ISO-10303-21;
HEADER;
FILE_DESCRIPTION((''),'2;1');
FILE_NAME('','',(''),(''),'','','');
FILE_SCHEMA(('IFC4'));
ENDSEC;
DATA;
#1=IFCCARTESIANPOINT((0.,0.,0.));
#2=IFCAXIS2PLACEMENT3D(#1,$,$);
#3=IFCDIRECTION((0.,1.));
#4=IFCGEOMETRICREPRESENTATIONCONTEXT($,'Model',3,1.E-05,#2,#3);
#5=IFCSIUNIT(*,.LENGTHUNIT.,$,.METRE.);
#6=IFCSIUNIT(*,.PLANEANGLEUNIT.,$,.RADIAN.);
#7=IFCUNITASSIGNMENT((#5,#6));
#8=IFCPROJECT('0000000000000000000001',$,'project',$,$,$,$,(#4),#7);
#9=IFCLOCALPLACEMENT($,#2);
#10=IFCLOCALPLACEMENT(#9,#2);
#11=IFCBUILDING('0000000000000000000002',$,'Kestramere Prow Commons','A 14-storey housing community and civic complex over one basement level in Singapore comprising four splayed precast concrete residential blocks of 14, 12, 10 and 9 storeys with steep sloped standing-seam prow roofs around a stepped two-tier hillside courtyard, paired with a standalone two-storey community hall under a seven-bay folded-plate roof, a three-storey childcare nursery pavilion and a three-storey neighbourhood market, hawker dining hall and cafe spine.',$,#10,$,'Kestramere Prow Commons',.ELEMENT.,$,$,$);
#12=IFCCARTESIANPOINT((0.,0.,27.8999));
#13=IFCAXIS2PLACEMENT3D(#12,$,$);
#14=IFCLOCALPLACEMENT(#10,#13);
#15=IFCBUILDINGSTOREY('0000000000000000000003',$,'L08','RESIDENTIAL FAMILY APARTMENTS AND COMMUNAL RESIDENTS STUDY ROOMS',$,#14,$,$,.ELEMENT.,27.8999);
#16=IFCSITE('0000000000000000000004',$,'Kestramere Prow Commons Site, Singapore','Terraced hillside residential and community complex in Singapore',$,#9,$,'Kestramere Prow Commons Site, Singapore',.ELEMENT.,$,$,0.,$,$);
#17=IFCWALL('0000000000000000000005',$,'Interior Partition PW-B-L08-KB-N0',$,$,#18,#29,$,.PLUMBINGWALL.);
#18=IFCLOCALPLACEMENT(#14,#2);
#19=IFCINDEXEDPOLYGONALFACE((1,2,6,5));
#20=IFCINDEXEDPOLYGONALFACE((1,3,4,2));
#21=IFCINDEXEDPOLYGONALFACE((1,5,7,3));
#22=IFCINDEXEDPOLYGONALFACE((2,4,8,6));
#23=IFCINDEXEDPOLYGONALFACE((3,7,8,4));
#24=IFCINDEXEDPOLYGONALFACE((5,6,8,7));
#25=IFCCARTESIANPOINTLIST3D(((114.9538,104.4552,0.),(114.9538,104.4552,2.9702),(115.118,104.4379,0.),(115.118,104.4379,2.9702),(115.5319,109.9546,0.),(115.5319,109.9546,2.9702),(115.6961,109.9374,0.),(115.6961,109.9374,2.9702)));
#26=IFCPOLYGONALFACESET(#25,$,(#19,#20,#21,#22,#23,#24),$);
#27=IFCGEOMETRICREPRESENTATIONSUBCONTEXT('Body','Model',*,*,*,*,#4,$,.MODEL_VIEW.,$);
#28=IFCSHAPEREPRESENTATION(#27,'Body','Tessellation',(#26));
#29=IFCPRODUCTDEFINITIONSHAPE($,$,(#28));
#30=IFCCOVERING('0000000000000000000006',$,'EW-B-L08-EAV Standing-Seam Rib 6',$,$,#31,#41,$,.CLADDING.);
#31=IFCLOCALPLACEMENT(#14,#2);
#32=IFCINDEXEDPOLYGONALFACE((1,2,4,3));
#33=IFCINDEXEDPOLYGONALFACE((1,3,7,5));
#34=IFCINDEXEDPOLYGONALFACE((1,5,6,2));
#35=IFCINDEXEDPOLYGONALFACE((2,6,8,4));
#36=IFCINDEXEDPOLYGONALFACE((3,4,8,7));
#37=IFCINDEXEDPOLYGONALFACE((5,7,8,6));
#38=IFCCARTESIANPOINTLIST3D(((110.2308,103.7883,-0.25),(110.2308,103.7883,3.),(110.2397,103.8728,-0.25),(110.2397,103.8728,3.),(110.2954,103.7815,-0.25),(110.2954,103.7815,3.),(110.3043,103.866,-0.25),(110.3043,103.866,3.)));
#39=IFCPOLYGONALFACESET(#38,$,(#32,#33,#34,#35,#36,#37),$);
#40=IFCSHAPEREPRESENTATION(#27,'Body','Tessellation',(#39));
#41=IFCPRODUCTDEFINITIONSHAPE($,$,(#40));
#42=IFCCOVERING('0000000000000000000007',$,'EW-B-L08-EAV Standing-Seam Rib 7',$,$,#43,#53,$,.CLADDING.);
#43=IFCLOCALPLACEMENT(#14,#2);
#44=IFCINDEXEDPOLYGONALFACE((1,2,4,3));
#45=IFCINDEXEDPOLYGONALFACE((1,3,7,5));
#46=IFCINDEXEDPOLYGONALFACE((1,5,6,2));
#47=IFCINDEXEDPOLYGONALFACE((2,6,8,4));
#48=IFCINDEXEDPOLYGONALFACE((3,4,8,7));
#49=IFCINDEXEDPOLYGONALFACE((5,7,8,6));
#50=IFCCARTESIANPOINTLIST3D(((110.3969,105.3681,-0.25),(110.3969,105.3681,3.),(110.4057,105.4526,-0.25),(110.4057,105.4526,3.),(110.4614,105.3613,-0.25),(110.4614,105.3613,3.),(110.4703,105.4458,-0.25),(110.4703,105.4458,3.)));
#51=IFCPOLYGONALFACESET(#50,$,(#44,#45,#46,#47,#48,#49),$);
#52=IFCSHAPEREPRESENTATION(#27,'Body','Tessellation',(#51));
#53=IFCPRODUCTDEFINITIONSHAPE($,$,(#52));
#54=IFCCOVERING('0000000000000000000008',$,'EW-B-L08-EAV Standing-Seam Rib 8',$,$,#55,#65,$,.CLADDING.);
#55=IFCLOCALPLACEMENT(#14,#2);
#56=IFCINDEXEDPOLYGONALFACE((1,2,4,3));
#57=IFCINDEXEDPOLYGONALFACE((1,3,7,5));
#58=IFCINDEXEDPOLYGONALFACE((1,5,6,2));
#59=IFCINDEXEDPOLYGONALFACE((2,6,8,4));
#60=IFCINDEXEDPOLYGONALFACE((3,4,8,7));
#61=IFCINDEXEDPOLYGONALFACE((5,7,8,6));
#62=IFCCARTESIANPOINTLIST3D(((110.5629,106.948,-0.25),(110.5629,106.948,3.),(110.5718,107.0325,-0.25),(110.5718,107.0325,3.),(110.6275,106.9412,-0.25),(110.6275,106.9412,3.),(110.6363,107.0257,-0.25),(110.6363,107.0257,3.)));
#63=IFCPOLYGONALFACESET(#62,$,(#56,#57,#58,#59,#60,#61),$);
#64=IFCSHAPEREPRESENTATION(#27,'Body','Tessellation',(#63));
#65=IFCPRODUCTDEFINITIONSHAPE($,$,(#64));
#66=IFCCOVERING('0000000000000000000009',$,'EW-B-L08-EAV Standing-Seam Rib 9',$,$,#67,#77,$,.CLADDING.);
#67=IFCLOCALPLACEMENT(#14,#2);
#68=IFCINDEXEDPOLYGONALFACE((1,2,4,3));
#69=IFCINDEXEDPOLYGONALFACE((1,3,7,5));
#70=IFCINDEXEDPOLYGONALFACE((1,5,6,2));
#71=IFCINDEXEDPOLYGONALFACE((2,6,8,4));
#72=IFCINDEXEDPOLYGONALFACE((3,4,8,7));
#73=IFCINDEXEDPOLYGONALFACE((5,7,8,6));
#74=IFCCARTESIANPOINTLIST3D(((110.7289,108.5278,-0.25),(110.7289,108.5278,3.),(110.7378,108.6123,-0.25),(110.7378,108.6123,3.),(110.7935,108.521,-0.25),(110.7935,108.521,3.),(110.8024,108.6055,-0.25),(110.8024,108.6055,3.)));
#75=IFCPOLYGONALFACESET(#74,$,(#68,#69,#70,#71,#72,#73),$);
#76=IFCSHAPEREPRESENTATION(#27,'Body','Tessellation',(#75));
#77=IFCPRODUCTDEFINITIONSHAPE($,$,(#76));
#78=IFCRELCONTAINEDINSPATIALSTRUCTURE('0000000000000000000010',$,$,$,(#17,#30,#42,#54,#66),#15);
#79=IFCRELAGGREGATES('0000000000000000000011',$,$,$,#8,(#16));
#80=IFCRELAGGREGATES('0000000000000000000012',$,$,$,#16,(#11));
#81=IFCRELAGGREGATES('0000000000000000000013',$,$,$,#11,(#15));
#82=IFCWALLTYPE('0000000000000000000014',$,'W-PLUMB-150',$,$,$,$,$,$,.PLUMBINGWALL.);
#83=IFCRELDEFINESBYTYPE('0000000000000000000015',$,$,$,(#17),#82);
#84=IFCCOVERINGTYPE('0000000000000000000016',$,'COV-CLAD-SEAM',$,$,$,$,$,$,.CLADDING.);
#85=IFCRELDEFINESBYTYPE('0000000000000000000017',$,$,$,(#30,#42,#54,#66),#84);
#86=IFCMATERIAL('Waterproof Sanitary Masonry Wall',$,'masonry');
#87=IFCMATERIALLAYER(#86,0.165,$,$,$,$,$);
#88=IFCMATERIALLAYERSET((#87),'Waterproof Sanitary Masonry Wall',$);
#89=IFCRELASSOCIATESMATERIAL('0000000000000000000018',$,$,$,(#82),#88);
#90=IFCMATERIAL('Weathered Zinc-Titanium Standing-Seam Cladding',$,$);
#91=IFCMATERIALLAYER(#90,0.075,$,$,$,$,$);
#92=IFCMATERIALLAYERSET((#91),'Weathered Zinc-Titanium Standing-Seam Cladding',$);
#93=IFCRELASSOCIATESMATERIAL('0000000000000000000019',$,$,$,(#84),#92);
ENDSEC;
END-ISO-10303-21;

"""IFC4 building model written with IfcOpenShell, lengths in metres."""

from ifc_helpers import new_model, si_unit, direction, frame, frame_2d, origin, origin_2d, place, context, subcontext, project, spatial, rectangle, extrude, material, layer, layer_set, type_object, element, save


model = new_model("IFC4")

# Units and contexts
model_context = context("Model", 3, precision=1e-05, world=origin(), true_north=direction((0.0, 1.0)))
body_context = subcontext(model_context, "Body", "Model", "MODEL_VIEW")
ifc_project = project(units=[si_unit("LENGTHUNIT", "METRE"), si_unit("PLANEANGLEUNIT", "RADIAN")], contexts=[model_context])

# Site, building, storey
site_placement = place(None, origin())
site = spatial("IfcSite", under=ifc_project, at=site_placement, Name="Kestramere Prow Commons Site, Singapore", Description="Terraced hillside residential and community complex in Singapore", LongName="Kestramere Prow Commons Site, Singapore", CompositionType="ELEMENT", RefElevation=0.0)
building_placement = place(site_placement, origin())
building = spatial("IfcBuilding", under=site, at=building_placement, Name="Kestramere Prow Commons", Description="A 14-storey housing community and civic complex over one basement level in Singapore comprising four splayed precast concrete residential blocks of 14, 12, 10 and 9 storeys with steep sloped standing-seam prow roofs around a stepped two-tier hillside courtyard, paired with a standalone two-storey community hall under a seven-bay folded-plate roof, a three-storey childcare nursery pavilion and a three-storey neighbourhood market, hawker dining hall and cafe spine.", LongName="Kestramere Prow Commons", CompositionType="ELEMENT")
storey_placement = place(building_placement, frame((0.0, 0.0, 27.8999)))
storey = spatial("IfcBuildingStorey", under=building, at=storey_placement, Name="L08", Description="RESIDENTIAL FAMILY APARTMENTS AND COMMUNAL RESIDENTS STUDY ROOMS", CompositionType="ELEMENT", Elevation=27.8999)

# Wall
ifc_material_1 = material(Name="Waterproof Sanitary Masonry Wall", Category="masonry")
ifc_layer_1 = layer(ifc_material_1, 0.165)
ifc_layer_set_1 = layer_set([ifc_layer_1], Name="Waterproof Sanitary Masonry Wall")
wall_type_1 = type_object("IfcWallType", Name="W-PLUMB-150", PredefinedType="PLUMBINGWALL", material=ifc_layer_set_1)
wall_1_placement = place(storey_placement, frame((115.0359, 104.4465, 0.0), z_axis=(0.0, 0.0, 1.0), x_axis=(0.104547, 0.99452, 0.0)))
element("IfcWall", 1, at=wall_1_placement, inside=storey, type_object=wall_type_1, Name="Interior Partition PW-B-L08-KB-N0", PredefinedType="PLUMBINGWALL", context=body_context, shape_type="SweptSolid", body=[
    extrude(rectangle(XDim=5.5298, YDim=0.165, at=frame_2d((2.7649, 0.0))), origin(), (0.0, 0.0, 1.0), 2.9702),
])

# Coverings
ifc_material_2 = material(Name="Weathered Zinc-Titanium Standing-Seam Cladding")
ifc_layer_2 = layer(ifc_material_2, 0.075)
ifc_layer_set_2 = layer_set([ifc_layer_2], Name="Weathered Zinc-Titanium Standing-Seam Cladding")
covering_type = type_object("IfcCoveringType", Name="COV-CLAD-SEAM", PredefinedType="CLADDING", material=ifc_layer_set_2)
for number, where, z_axis, x_axis, name in (
    (2, (110.2676, 103.8271, -0.25), (0.0, 0.0, 1.0), (0.104528, 0.994522, 0.0), "EW-B-L08-EAV Standing-Seam Rib 6"),
    (3, (110.4336, 105.407, -0.25), (0.0, 0.0, 1.0), (0.104528, 0.994522, 0.0), "EW-B-L08-EAV Standing-Seam Rib 7"),
    (4, (110.5996, 106.9868, -0.25), (0.0, 0.0, 1.0), (0.104528, 0.994522, 0.0), "EW-B-L08-EAV Standing-Seam Rib 8"),
    (5, (110.7656, 108.5667, -0.25), (0.0, 0.0, 1.0), (0.104528, 0.994522, 0.0), "EW-B-L08-EAV Standing-Seam Rib 9"),
):
    element("IfcCovering", number, at=place(storey_placement, frame(where, z_axis=z_axis, x_axis=x_axis)), inside=storey, type_object=covering_type, Name=name, PredefinedType="CLADDING", context=body_context, shape_type="SweptSolid", body=[
        extrude(rectangle(XDim=0.085, YDim=0.0649, at=origin_2d()), origin(), (0.0, 0.0, 1.0), 3.25),
    ])

save(model, "model.ifc")
